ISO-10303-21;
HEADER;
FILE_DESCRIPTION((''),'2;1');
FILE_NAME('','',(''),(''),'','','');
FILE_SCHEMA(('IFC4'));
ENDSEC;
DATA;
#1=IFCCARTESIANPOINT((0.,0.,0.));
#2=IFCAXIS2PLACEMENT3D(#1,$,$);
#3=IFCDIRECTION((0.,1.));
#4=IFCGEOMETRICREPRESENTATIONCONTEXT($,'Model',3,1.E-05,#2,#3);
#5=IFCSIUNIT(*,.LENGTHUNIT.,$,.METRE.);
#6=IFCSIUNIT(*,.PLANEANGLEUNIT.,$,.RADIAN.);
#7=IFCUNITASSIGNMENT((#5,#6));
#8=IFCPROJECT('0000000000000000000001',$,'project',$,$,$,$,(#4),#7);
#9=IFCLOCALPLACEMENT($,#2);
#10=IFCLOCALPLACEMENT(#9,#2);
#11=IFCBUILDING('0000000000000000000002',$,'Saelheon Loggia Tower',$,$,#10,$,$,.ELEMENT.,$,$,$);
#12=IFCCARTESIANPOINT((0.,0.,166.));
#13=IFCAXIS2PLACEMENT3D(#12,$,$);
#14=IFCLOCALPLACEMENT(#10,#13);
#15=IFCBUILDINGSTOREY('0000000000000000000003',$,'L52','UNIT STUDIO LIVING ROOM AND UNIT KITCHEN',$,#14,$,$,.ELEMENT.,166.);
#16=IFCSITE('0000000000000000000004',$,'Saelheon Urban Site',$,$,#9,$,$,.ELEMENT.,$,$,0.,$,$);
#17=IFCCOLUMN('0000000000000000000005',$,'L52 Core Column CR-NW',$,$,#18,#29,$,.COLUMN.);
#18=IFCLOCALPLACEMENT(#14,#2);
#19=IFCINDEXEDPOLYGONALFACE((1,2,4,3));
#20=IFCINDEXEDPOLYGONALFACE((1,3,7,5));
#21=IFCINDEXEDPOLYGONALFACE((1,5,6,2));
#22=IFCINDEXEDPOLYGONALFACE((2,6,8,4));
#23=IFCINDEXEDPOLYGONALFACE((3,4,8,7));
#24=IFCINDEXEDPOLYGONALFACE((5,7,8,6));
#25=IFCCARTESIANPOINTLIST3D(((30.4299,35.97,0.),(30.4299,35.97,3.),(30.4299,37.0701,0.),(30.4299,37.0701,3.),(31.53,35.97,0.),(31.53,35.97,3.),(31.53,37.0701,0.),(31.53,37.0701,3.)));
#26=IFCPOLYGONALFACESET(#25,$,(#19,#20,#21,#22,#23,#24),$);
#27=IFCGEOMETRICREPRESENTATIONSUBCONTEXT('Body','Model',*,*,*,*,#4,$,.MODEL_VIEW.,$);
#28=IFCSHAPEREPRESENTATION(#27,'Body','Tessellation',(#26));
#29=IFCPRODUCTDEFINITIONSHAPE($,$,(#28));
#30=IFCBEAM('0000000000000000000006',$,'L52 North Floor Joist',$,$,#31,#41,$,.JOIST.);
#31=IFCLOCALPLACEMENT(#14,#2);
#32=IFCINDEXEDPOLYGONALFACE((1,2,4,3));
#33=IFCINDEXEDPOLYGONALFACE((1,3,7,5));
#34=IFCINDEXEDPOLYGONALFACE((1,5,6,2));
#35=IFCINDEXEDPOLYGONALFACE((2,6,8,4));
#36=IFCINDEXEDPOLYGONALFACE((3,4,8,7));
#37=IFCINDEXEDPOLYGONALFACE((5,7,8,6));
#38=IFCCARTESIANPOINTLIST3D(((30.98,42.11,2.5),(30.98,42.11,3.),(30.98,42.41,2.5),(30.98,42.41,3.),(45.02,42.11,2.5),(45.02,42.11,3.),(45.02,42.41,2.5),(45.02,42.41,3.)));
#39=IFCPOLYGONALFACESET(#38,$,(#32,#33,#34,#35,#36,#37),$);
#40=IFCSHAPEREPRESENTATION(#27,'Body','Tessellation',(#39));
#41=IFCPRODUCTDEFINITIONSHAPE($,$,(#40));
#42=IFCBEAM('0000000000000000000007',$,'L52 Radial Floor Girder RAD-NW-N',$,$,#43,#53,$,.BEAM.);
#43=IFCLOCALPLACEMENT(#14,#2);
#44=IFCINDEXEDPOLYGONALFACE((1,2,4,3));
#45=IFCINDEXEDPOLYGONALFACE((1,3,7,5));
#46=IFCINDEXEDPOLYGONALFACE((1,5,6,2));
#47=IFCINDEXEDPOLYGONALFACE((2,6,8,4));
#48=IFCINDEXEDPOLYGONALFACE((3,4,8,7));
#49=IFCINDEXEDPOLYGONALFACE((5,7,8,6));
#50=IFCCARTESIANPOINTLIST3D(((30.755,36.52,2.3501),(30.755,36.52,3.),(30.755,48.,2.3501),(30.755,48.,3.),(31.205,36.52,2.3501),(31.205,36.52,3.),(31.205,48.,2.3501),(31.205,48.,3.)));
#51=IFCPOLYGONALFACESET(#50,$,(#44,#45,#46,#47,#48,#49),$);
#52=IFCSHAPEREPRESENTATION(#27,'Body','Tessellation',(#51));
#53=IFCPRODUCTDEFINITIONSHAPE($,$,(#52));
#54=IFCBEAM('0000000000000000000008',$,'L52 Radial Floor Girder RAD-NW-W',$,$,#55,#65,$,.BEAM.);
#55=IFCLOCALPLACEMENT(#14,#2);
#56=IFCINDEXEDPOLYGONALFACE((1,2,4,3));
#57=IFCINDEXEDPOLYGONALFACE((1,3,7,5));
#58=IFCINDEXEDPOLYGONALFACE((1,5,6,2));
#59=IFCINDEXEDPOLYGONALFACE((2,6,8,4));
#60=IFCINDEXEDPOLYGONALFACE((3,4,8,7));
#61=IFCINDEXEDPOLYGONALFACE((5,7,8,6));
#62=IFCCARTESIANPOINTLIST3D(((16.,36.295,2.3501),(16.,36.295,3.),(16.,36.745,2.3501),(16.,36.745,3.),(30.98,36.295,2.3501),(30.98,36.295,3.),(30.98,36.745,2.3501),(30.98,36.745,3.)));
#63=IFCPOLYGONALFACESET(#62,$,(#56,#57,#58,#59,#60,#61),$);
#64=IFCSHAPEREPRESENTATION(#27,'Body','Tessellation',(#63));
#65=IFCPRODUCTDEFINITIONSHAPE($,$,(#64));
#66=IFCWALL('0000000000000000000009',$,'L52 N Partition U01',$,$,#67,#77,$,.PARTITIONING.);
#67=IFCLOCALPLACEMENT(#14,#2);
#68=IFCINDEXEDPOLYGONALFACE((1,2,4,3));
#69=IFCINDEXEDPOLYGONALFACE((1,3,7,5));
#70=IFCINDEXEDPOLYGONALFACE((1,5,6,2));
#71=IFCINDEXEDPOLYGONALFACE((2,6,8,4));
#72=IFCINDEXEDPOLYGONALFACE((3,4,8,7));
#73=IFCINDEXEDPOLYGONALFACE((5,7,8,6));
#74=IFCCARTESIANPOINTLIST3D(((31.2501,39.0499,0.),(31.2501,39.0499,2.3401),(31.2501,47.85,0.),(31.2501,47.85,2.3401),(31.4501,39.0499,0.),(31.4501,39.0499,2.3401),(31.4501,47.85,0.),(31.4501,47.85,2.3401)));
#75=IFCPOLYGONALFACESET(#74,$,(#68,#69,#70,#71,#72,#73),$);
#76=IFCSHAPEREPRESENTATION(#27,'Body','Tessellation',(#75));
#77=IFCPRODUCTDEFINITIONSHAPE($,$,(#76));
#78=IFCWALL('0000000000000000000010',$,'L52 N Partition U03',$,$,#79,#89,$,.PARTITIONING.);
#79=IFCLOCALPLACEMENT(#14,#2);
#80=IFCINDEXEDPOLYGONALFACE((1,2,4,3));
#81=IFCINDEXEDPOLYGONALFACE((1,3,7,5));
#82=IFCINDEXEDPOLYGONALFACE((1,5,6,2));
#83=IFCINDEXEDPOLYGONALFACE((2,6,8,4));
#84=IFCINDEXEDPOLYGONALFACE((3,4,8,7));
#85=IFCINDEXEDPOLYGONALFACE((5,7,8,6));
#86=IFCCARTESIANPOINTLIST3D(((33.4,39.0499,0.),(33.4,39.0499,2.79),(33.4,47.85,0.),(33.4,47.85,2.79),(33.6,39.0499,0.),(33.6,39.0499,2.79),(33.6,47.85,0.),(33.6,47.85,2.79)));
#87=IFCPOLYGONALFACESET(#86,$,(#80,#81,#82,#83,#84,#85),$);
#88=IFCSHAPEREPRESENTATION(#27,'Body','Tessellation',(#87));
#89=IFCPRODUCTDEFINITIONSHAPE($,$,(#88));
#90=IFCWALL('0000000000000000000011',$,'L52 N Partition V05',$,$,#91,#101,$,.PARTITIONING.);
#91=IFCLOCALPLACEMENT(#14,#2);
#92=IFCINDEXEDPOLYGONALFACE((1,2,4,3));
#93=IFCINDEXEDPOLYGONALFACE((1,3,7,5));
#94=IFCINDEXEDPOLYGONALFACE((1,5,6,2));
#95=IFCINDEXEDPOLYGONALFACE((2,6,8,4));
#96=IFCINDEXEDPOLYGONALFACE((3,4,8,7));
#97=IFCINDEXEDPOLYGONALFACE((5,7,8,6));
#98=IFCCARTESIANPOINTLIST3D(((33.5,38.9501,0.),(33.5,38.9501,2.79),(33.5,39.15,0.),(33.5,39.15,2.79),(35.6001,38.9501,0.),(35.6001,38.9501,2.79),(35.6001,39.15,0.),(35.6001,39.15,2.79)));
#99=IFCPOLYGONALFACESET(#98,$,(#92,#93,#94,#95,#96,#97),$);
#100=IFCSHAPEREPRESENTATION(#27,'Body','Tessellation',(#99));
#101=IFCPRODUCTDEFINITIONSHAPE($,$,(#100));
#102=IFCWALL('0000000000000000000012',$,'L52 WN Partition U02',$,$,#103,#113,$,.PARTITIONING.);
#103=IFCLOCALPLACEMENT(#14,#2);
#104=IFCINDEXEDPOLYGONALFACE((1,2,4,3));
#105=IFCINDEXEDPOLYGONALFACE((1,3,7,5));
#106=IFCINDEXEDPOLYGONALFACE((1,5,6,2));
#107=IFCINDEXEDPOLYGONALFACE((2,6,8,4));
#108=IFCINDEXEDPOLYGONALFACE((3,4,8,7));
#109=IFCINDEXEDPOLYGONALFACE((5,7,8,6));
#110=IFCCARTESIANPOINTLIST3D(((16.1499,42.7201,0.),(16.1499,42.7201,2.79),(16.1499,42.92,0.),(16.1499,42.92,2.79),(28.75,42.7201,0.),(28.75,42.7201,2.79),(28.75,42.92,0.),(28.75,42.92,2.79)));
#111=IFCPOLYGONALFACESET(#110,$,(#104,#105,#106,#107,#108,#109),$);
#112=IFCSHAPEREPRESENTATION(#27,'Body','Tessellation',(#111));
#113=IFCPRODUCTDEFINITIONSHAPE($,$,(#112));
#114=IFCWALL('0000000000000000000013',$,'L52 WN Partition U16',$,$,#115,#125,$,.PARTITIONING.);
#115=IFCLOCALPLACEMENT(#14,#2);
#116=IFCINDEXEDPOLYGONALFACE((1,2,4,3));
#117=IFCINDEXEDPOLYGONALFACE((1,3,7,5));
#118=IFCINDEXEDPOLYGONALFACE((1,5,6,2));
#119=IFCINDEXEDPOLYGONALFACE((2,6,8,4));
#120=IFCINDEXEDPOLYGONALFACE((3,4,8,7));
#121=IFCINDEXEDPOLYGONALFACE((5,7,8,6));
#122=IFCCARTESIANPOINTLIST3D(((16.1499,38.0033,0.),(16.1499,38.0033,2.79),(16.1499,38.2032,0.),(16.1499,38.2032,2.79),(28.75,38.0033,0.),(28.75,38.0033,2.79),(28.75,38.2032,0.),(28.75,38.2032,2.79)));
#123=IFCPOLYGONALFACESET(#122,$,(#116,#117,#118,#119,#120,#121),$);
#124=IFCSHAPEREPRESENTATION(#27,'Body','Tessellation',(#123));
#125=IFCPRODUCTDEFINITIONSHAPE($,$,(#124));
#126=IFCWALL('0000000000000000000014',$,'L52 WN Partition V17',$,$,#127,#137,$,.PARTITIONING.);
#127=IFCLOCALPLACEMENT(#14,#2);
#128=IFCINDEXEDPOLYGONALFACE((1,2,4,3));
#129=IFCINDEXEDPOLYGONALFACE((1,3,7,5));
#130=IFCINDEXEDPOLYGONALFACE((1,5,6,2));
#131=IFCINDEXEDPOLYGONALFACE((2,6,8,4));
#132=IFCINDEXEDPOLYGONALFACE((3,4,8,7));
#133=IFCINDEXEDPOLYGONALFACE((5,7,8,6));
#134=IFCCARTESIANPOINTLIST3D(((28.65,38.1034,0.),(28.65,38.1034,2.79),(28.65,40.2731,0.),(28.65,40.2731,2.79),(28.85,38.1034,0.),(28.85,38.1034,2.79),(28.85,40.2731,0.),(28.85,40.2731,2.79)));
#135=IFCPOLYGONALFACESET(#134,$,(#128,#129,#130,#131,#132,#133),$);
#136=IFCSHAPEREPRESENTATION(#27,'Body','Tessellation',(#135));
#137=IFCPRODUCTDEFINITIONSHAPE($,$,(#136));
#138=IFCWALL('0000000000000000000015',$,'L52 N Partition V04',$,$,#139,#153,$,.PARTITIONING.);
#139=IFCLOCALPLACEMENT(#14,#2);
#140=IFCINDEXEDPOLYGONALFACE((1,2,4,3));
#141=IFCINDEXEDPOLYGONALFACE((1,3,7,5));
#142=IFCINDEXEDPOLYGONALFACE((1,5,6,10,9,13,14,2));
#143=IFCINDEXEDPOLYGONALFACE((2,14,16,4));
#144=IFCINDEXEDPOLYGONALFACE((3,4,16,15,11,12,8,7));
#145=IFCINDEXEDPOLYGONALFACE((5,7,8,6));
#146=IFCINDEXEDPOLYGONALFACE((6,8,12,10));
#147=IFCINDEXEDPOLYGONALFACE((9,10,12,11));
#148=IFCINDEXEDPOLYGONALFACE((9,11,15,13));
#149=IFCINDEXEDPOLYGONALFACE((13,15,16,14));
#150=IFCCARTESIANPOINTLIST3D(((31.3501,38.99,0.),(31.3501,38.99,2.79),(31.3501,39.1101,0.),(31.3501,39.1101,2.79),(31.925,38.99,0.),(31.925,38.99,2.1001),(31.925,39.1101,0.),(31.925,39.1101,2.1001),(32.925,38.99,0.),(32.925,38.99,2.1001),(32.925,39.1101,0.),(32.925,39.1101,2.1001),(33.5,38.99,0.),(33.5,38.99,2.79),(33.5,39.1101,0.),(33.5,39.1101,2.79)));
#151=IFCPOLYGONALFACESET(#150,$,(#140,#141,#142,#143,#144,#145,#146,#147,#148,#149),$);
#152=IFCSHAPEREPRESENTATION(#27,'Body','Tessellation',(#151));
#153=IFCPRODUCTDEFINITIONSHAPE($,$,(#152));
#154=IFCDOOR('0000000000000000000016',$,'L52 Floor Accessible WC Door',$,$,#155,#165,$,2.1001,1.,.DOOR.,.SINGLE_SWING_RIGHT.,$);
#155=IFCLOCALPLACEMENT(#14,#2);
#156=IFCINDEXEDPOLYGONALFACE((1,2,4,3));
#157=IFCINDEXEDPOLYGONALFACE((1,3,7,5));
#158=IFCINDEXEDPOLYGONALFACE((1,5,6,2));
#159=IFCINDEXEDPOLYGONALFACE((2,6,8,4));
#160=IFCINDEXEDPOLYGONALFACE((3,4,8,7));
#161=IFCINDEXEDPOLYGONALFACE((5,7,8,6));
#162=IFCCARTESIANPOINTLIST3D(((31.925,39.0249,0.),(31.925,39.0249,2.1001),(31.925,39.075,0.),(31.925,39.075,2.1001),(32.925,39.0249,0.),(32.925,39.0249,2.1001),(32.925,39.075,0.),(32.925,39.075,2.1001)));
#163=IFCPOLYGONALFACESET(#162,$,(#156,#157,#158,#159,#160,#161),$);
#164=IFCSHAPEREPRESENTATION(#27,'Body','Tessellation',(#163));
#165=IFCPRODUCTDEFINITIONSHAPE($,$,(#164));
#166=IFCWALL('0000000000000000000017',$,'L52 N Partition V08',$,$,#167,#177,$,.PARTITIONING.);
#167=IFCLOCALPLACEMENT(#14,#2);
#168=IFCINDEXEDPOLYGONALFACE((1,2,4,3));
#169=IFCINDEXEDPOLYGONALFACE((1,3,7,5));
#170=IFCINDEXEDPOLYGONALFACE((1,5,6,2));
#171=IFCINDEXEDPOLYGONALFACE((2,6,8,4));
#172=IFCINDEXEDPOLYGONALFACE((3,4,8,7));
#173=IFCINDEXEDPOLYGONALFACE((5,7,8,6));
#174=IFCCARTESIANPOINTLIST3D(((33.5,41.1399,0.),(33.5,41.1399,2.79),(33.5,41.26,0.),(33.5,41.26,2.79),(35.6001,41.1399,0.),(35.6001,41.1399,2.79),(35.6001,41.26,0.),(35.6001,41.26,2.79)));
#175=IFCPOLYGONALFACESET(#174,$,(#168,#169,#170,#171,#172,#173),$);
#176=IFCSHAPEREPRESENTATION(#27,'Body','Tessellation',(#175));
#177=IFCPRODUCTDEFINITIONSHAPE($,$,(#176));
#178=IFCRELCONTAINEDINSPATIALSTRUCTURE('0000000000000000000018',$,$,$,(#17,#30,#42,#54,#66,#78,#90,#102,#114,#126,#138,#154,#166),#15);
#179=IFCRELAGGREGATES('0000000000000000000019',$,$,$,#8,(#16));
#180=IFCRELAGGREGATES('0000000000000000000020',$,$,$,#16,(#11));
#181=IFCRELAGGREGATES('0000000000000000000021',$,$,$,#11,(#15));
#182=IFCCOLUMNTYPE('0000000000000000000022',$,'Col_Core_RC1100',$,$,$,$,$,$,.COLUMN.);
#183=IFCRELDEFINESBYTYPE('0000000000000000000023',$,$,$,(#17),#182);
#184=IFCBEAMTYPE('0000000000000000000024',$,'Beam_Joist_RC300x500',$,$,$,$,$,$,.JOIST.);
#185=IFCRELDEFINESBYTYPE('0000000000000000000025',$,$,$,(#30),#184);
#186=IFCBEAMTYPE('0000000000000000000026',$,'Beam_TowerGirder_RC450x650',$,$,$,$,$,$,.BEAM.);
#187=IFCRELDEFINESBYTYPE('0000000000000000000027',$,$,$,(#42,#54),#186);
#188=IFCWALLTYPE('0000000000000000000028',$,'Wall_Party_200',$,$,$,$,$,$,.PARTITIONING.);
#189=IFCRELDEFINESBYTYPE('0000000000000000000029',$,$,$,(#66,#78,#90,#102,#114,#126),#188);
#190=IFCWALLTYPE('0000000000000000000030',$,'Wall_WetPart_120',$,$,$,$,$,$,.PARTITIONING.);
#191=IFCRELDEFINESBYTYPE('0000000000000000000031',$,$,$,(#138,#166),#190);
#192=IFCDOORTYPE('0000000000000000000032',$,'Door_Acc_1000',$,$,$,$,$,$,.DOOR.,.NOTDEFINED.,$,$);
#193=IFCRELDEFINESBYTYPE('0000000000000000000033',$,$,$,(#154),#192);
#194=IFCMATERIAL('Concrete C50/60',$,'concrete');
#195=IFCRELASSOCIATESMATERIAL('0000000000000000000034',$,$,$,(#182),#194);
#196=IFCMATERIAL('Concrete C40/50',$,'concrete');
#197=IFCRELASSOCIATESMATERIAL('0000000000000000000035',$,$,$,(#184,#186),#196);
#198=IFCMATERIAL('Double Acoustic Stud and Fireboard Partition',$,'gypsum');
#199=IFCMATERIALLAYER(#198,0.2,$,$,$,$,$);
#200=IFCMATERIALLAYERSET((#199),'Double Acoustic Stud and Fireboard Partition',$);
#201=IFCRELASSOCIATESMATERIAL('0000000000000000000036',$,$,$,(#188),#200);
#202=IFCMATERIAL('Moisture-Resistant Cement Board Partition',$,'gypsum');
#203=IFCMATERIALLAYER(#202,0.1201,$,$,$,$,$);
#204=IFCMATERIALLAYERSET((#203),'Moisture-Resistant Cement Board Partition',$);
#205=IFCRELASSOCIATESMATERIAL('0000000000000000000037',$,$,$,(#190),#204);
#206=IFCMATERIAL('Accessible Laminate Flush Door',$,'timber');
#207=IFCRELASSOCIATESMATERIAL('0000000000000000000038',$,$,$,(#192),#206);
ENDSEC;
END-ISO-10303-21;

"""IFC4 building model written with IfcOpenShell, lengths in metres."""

from ifc_helpers import new_model, si_unit, direction, frame, frame_2d, origin, origin_2d, place, context, subcontext, project, spatial, rectangle, extrude, source, transform, mapped, material, layer, layer_set, material_profile, profile_set, type_object, element, fill, save


model = new_model("IFC4")

# Units and contexts
model_context = context("Model", 3, precision=1e-05, world=origin(), true_north=direction((0.0, 1.0)))
body_context = subcontext(model_context, "Body", "Model", "MODEL_VIEW")
ifc_project = project(units=[si_unit("LENGTHUNIT", "METRE"), si_unit("PLANEANGLEUNIT", "RADIAN")], contexts=[model_context])

# Site, building, storey
site_placement = place(None, origin())
site = spatial("IfcSite", under=ifc_project, at=site_placement, Name="Saelheon Urban Site", CompositionType="ELEMENT", RefElevation=0.0)
building_placement = place(site_placement, origin())
building = spatial("IfcBuilding", under=site, at=building_placement, Name="Saelheon Loggia Tower", CompositionType="ELEMENT")
storey_placement = place(building_placement, frame((0.0, 0.0, 166.0)))
storey = spatial("IfcBuildingStorey", under=building, at=storey_placement, Name="L52", Description="UNIT STUDIO LIVING ROOM AND UNIT KITCHEN", CompositionType="ELEMENT", Elevation=166.0)

# Column
ifc_material_1 = material(Name="Concrete C50/60", Category="concrete")
ifc_material_profile_1 = material_profile(ifc_material_1, rectangle(XDim=1.1001, YDim=1.1001, at=origin_2d()), Name="RC-1100x1100")
ifc_profile_set_1 = profile_set([ifc_material_profile_1], Name="Concrete C50/60")
column_type = type_object("IfcColumnType", Name="Col_Core_RC1100", PredefinedType="COLUMN", material=ifc_profile_set_1)
shared_shape_1 = source(origin(), body_context, "Body", "SweptSolid", [
    extrude(rectangle(XDim=1.1001, YDim=1.1001, at=origin_2d()), origin(), (0.0, 0.0, 1.0), 3.0),
])
column_placement = place(storey_placement, frame((30.98, 36.52, 0.0), z_axis=(0.0, 0.0, 1.0), x_axis=(1.0, 0.0, 0.0)))
element("IfcColumn", 1, at=column_placement, inside=storey, type_object=column_type, Name="L52 Core Column CR-NW", PredefinedType="COLUMN", context=body_context, shape_type="MappedRepresentation", body=[
    mapped(shared_shape_1, transform((0.0, 0.0, 0.0), scale=1.0)),
])

# Beams
ifc_material_2 = material(Name="Concrete C40/50", Category="concrete")
ifc_material_profile_2 = material_profile(ifc_material_2, rectangle(XDim=0.3, YDim=0.5, at=origin_2d()), Name="RC-300x500")
ifc_profile_set_2 = profile_set([ifc_material_profile_2], Name="Concrete C40/50")
beam_type_1 = type_object("IfcBeamType", Name="Beam_Joist_RC300x500", PredefinedType="JOIST", material=ifc_profile_set_2)
shared_shape_2 = source(origin(), body_context, "Body", "SweptSolid", [
    extrude(rectangle(XDim=0.3, YDim=0.5, at=origin_2d()), origin(), (0.0, 0.0, 1.0), 14.04),
])
beam_1_placement = place(storey_placement, frame((30.98, 42.26, 2.75), z_axis=(1.0, 0.0, 0.0), x_axis=(0.0, 1.0, 0.0)))
element("IfcBeam", 2, at=beam_1_placement, inside=storey, type_object=beam_type_1, Name="L52 North Floor Joist", PredefinedType="JOIST", context=body_context, shape_type="MappedRepresentation", body=[
    mapped(shared_shape_2, transform((0.0, 0.0, 0.0), scale=1.0)),
])
ifc_material_profile_3 = material_profile(ifc_material_2, rectangle(XDim=0.45, YDim=0.6499, at=origin_2d()), Name="RC-450x650")
ifc_profile_set_3 = profile_set([ifc_material_profile_3], Name="Concrete C40/50")
beam_type_2 = type_object("IfcBeamType", Name="Beam_TowerGirder_RC450x650", PredefinedType="BEAM", material=ifc_profile_set_3)
shared_shape_3 = source(origin(), body_context, "Body", "SweptSolid", [
    extrude(rectangle(XDim=0.45, YDim=0.6499, at=origin_2d()), origin(), (0.0, 0.0, 1.0), 11.48),
])
beam_2_placement = place(storey_placement, frame((30.98, 36.52, 2.675), z_axis=(0.0, 1.0, 0.0), x_axis=(-1.0, 0.0, 0.0)))
element("IfcBeam", 3, at=beam_2_placement, inside=storey, type_object=beam_type_2, Name="L52 Radial Floor Girder RAD-NW-N", PredefinedType="BEAM", context=body_context, shape_type="MappedRepresentation", body=[
    mapped(shared_shape_3, transform((0.0, 0.0, 0.0), scale=1.0)),
])
shared_shape_4 = source(origin(), body_context, "Body", "SweptSolid", [
    extrude(rectangle(XDim=0.45, YDim=0.6499, at=origin_2d()), origin(), (0.0, 0.0, 1.0), 14.98),
])
beam_3_placement = place(storey_placement, frame((30.98, 36.52, 2.675), z_axis=(-1.0, 0.0, 0.0), x_axis=(0.0, -1.0, 0.0)))
element("IfcBeam", 4, at=beam_3_placement, inside=storey, type_object=beam_type_2, Name="L52 Radial Floor Girder RAD-NW-W", PredefinedType="BEAM", context=body_context, shape_type="MappedRepresentation", body=[
    mapped(shared_shape_4, transform((0.0, 0.0, 0.0), scale=1.0)),
])

# Walls
ifc_material_3 = material(Name="Double Acoustic Stud and Fireboard Partition", Category="gypsum")
ifc_layer_1 = layer(ifc_material_3, 0.2)
ifc_layer_set_1 = layer_set([ifc_layer_1], Name="Double Acoustic Stud and Fireboard Partition")
wall_type_1 = type_object("IfcWallType", Name="Wall_Party_200", PredefinedType="PARTITIONING", material=ifc_layer_set_1)
wall_1_placement = place(storey_placement, frame((31.3501, 39.05, 0.0), z_axis=(0.0, 0.0, 1.0), x_axis=(0.0, 1.0, 0.0)))
element("IfcWall", 5, at=wall_1_placement, inside=storey, type_object=wall_type_1, Name="L52 N Partition U01", PredefinedType="PARTITIONING", context=body_context, shape_type="SweptSolid", body=[
    extrude(rectangle(XDim=8.8, YDim=0.2, at=frame_2d((4.3999, 0.0))), origin(), (0.0, 0.0, 1.0), 2.3401),
])
wall_2_placement = place(storey_placement, frame((33.5, 39.05, 0.0), z_axis=(0.0, 0.0, 1.0), x_axis=(0.0, 1.0, 0.0)))
element("IfcWall", 6, at=wall_2_placement, inside=storey, type_object=wall_type_1, Name="L52 N Partition U03", PredefinedType="PARTITIONING", context=body_context, shape_type="SweptSolid", body=[
    extrude(rectangle(XDim=8.8, YDim=0.2, at=frame_2d((4.3999, 0.0))), origin(), (0.0, 0.0, 1.0), 2.79),
])
wall_3_placement = place(storey_placement, frame((33.5, 39.05, 0.0), z_axis=(0.0, 0.0, 1.0), x_axis=(1.0, 0.0, 0.0)))
element("IfcWall", 7, at=wall_3_placement, inside=storey, type_object=wall_type_1, Name="L52 N Partition V05", PredefinedType="PARTITIONING", context=body_context, shape_type="SweptSolid", body=[
    extrude(rectangle(XDim=2.1001, YDim=0.2, at=frame_2d((1.05, 0.0))), origin(), (0.0, 0.0, 1.0), 2.79),
])
for number, where, z_axis, x_axis, name in (
    (8, (28.75, 42.8201, 0.0), (0.0, 0.0, 1.0), (-1.0, 0.0, 0.0), "L52 WN Partition U02"),
    (9, (28.75, 38.1033, 0.0), (0.0, 0.0, 1.0), (-1.0, 0.0, 0.0), "L52 WN Partition U16"),
):
    element("IfcWall", number, at=place(storey_placement, frame(where, z_axis=z_axis, x_axis=x_axis)), inside=storey, type_object=wall_type_1, Name=name, PredefinedType="PARTITIONING", context=body_context, shape_type="SweptSolid", body=[
        extrude(rectangle(XDim=12.6001, YDim=0.2, at=frame_2d((6.3, 0.0))), origin(), (0.0, 0.0, 1.0), 2.79),
    ])
wall_4_placement = place(storey_placement, frame((28.75, 38.1033, 0.0), z_axis=(0.0, 0.0, 1.0), x_axis=(0.0, 1.0, 0.0)))
element("IfcWall", 10, at=wall_4_placement, inside=storey, type_object=wall_type_1, Name="L52 WN Partition V17", PredefinedType="PARTITIONING", context=body_context, shape_type="SweptSolid", body=[
    extrude(rectangle(XDim=2.1697, YDim=0.2, at=frame_2d((1.085, 0.0))), origin(), (0.0, 0.0, 1.0), 2.79),
])

# Wall, opening, door
ifc_material_4 = material(Name="Moisture-Resistant Cement Board Partition", Category="gypsum")
ifc_layer_2 = layer(ifc_material_4, 0.1201)
ifc_layer_set_2 = layer_set([ifc_layer_2], Name="Moisture-Resistant Cement Board Partition")
wall_type_2 = type_object("IfcWallType", Name="Wall_WetPart_120", PredefinedType="PARTITIONING", material=ifc_layer_set_2)
wall_5_placement = place(storey_placement, frame((31.3501, 39.05, 0.0), z_axis=(0.0, 0.0, 1.0), x_axis=(1.0, 0.0, 0.0)))
wall_5 = element("IfcWall", 11, at=wall_5_placement, inside=storey, type_object=wall_type_2, Name="L52 N Partition V04", PredefinedType="PARTITIONING", context=body_context, shape_type="SweptSolid", body=[
    extrude(rectangle(XDim=2.1499, YDim=0.1201, at=frame_2d((1.075, 0.0))), origin(), (0.0, 0.0, 1.0), 2.79),
])
opening_1_placement = place(wall_5_placement, frame((0.575, 0.0, 0.0)))
opening_1 = element("IfcOpeningElement", 12, at=opening_1_placement, cuts=wall_5, PredefinedType="OPENING", context=body_context, shape_type="SweptSolid", body=[
    extrude(rectangle(XDim=1.0, YDim=2.1001, at=frame_2d((0.5, 1.05))), frame((0.0, 0.072, 0.0), z_axis=(0.0, -1.0, 0.0), x_axis=(1.0, 0.0, 0.0)), (0.0, 0.0, 1.0), 0.144),
])
ifc_material_5 = material(Name="Accessible Laminate Flush Door", Category="timber")
door_type_1 = type_object("IfcDoorType", Name="Door_Acc_1000", OperationType="NOTDEFINED", PredefinedType="DOOR", material=ifc_material_5)
shared_shape_5 = source(origin(), body_context, "Body", "SweptSolid", [
    extrude(rectangle(XDim=1.0, YDim=2.1001, at=frame_2d((0.5, 1.05))), frame((0.0, 0.0249, 0.0), z_axis=(0.0, -1.0, 0.0), x_axis=(1.0, 0.0, 0.0)), (0.0, 0.0, 1.0), 0.05),
])
door_1_placement = place(opening_1_placement, origin())
door_1 = element("IfcDoor", 13, at=door_1_placement, inside=storey, type_object=door_type_1, Name="L52 Floor Accessible WC Door", OperationType="SINGLE_SWING_RIGHT", OverallHeight=2.1001, OverallWidth=1.0, PredefinedType="DOOR", context=body_context, shape_type="MappedRepresentation", body=[
    mapped(shared_shape_5, transform((0.0, 0.0, 0.0), scale=1.0)),
])
fill(opening_1, door_1)

# Wall
wall_6_placement = place(storey_placement, frame((33.5, 41.2, 0.0), z_axis=(0.0, 0.0, 1.0), x_axis=(1.0, 0.0, 0.0)))
element("IfcWall", 14, at=wall_6_placement, inside=storey, type_object=wall_type_2, Name="L52 N Partition V08", PredefinedType="PARTITIONING", context=body_context, shape_type="SweptSolid", body=[
    extrude(rectangle(XDim=2.1001, YDim=0.1201, at=frame_2d((1.05, 0.0))), origin(), (0.0, 0.0, 1.0), 2.79),
])

save(model, "model.ifc")
